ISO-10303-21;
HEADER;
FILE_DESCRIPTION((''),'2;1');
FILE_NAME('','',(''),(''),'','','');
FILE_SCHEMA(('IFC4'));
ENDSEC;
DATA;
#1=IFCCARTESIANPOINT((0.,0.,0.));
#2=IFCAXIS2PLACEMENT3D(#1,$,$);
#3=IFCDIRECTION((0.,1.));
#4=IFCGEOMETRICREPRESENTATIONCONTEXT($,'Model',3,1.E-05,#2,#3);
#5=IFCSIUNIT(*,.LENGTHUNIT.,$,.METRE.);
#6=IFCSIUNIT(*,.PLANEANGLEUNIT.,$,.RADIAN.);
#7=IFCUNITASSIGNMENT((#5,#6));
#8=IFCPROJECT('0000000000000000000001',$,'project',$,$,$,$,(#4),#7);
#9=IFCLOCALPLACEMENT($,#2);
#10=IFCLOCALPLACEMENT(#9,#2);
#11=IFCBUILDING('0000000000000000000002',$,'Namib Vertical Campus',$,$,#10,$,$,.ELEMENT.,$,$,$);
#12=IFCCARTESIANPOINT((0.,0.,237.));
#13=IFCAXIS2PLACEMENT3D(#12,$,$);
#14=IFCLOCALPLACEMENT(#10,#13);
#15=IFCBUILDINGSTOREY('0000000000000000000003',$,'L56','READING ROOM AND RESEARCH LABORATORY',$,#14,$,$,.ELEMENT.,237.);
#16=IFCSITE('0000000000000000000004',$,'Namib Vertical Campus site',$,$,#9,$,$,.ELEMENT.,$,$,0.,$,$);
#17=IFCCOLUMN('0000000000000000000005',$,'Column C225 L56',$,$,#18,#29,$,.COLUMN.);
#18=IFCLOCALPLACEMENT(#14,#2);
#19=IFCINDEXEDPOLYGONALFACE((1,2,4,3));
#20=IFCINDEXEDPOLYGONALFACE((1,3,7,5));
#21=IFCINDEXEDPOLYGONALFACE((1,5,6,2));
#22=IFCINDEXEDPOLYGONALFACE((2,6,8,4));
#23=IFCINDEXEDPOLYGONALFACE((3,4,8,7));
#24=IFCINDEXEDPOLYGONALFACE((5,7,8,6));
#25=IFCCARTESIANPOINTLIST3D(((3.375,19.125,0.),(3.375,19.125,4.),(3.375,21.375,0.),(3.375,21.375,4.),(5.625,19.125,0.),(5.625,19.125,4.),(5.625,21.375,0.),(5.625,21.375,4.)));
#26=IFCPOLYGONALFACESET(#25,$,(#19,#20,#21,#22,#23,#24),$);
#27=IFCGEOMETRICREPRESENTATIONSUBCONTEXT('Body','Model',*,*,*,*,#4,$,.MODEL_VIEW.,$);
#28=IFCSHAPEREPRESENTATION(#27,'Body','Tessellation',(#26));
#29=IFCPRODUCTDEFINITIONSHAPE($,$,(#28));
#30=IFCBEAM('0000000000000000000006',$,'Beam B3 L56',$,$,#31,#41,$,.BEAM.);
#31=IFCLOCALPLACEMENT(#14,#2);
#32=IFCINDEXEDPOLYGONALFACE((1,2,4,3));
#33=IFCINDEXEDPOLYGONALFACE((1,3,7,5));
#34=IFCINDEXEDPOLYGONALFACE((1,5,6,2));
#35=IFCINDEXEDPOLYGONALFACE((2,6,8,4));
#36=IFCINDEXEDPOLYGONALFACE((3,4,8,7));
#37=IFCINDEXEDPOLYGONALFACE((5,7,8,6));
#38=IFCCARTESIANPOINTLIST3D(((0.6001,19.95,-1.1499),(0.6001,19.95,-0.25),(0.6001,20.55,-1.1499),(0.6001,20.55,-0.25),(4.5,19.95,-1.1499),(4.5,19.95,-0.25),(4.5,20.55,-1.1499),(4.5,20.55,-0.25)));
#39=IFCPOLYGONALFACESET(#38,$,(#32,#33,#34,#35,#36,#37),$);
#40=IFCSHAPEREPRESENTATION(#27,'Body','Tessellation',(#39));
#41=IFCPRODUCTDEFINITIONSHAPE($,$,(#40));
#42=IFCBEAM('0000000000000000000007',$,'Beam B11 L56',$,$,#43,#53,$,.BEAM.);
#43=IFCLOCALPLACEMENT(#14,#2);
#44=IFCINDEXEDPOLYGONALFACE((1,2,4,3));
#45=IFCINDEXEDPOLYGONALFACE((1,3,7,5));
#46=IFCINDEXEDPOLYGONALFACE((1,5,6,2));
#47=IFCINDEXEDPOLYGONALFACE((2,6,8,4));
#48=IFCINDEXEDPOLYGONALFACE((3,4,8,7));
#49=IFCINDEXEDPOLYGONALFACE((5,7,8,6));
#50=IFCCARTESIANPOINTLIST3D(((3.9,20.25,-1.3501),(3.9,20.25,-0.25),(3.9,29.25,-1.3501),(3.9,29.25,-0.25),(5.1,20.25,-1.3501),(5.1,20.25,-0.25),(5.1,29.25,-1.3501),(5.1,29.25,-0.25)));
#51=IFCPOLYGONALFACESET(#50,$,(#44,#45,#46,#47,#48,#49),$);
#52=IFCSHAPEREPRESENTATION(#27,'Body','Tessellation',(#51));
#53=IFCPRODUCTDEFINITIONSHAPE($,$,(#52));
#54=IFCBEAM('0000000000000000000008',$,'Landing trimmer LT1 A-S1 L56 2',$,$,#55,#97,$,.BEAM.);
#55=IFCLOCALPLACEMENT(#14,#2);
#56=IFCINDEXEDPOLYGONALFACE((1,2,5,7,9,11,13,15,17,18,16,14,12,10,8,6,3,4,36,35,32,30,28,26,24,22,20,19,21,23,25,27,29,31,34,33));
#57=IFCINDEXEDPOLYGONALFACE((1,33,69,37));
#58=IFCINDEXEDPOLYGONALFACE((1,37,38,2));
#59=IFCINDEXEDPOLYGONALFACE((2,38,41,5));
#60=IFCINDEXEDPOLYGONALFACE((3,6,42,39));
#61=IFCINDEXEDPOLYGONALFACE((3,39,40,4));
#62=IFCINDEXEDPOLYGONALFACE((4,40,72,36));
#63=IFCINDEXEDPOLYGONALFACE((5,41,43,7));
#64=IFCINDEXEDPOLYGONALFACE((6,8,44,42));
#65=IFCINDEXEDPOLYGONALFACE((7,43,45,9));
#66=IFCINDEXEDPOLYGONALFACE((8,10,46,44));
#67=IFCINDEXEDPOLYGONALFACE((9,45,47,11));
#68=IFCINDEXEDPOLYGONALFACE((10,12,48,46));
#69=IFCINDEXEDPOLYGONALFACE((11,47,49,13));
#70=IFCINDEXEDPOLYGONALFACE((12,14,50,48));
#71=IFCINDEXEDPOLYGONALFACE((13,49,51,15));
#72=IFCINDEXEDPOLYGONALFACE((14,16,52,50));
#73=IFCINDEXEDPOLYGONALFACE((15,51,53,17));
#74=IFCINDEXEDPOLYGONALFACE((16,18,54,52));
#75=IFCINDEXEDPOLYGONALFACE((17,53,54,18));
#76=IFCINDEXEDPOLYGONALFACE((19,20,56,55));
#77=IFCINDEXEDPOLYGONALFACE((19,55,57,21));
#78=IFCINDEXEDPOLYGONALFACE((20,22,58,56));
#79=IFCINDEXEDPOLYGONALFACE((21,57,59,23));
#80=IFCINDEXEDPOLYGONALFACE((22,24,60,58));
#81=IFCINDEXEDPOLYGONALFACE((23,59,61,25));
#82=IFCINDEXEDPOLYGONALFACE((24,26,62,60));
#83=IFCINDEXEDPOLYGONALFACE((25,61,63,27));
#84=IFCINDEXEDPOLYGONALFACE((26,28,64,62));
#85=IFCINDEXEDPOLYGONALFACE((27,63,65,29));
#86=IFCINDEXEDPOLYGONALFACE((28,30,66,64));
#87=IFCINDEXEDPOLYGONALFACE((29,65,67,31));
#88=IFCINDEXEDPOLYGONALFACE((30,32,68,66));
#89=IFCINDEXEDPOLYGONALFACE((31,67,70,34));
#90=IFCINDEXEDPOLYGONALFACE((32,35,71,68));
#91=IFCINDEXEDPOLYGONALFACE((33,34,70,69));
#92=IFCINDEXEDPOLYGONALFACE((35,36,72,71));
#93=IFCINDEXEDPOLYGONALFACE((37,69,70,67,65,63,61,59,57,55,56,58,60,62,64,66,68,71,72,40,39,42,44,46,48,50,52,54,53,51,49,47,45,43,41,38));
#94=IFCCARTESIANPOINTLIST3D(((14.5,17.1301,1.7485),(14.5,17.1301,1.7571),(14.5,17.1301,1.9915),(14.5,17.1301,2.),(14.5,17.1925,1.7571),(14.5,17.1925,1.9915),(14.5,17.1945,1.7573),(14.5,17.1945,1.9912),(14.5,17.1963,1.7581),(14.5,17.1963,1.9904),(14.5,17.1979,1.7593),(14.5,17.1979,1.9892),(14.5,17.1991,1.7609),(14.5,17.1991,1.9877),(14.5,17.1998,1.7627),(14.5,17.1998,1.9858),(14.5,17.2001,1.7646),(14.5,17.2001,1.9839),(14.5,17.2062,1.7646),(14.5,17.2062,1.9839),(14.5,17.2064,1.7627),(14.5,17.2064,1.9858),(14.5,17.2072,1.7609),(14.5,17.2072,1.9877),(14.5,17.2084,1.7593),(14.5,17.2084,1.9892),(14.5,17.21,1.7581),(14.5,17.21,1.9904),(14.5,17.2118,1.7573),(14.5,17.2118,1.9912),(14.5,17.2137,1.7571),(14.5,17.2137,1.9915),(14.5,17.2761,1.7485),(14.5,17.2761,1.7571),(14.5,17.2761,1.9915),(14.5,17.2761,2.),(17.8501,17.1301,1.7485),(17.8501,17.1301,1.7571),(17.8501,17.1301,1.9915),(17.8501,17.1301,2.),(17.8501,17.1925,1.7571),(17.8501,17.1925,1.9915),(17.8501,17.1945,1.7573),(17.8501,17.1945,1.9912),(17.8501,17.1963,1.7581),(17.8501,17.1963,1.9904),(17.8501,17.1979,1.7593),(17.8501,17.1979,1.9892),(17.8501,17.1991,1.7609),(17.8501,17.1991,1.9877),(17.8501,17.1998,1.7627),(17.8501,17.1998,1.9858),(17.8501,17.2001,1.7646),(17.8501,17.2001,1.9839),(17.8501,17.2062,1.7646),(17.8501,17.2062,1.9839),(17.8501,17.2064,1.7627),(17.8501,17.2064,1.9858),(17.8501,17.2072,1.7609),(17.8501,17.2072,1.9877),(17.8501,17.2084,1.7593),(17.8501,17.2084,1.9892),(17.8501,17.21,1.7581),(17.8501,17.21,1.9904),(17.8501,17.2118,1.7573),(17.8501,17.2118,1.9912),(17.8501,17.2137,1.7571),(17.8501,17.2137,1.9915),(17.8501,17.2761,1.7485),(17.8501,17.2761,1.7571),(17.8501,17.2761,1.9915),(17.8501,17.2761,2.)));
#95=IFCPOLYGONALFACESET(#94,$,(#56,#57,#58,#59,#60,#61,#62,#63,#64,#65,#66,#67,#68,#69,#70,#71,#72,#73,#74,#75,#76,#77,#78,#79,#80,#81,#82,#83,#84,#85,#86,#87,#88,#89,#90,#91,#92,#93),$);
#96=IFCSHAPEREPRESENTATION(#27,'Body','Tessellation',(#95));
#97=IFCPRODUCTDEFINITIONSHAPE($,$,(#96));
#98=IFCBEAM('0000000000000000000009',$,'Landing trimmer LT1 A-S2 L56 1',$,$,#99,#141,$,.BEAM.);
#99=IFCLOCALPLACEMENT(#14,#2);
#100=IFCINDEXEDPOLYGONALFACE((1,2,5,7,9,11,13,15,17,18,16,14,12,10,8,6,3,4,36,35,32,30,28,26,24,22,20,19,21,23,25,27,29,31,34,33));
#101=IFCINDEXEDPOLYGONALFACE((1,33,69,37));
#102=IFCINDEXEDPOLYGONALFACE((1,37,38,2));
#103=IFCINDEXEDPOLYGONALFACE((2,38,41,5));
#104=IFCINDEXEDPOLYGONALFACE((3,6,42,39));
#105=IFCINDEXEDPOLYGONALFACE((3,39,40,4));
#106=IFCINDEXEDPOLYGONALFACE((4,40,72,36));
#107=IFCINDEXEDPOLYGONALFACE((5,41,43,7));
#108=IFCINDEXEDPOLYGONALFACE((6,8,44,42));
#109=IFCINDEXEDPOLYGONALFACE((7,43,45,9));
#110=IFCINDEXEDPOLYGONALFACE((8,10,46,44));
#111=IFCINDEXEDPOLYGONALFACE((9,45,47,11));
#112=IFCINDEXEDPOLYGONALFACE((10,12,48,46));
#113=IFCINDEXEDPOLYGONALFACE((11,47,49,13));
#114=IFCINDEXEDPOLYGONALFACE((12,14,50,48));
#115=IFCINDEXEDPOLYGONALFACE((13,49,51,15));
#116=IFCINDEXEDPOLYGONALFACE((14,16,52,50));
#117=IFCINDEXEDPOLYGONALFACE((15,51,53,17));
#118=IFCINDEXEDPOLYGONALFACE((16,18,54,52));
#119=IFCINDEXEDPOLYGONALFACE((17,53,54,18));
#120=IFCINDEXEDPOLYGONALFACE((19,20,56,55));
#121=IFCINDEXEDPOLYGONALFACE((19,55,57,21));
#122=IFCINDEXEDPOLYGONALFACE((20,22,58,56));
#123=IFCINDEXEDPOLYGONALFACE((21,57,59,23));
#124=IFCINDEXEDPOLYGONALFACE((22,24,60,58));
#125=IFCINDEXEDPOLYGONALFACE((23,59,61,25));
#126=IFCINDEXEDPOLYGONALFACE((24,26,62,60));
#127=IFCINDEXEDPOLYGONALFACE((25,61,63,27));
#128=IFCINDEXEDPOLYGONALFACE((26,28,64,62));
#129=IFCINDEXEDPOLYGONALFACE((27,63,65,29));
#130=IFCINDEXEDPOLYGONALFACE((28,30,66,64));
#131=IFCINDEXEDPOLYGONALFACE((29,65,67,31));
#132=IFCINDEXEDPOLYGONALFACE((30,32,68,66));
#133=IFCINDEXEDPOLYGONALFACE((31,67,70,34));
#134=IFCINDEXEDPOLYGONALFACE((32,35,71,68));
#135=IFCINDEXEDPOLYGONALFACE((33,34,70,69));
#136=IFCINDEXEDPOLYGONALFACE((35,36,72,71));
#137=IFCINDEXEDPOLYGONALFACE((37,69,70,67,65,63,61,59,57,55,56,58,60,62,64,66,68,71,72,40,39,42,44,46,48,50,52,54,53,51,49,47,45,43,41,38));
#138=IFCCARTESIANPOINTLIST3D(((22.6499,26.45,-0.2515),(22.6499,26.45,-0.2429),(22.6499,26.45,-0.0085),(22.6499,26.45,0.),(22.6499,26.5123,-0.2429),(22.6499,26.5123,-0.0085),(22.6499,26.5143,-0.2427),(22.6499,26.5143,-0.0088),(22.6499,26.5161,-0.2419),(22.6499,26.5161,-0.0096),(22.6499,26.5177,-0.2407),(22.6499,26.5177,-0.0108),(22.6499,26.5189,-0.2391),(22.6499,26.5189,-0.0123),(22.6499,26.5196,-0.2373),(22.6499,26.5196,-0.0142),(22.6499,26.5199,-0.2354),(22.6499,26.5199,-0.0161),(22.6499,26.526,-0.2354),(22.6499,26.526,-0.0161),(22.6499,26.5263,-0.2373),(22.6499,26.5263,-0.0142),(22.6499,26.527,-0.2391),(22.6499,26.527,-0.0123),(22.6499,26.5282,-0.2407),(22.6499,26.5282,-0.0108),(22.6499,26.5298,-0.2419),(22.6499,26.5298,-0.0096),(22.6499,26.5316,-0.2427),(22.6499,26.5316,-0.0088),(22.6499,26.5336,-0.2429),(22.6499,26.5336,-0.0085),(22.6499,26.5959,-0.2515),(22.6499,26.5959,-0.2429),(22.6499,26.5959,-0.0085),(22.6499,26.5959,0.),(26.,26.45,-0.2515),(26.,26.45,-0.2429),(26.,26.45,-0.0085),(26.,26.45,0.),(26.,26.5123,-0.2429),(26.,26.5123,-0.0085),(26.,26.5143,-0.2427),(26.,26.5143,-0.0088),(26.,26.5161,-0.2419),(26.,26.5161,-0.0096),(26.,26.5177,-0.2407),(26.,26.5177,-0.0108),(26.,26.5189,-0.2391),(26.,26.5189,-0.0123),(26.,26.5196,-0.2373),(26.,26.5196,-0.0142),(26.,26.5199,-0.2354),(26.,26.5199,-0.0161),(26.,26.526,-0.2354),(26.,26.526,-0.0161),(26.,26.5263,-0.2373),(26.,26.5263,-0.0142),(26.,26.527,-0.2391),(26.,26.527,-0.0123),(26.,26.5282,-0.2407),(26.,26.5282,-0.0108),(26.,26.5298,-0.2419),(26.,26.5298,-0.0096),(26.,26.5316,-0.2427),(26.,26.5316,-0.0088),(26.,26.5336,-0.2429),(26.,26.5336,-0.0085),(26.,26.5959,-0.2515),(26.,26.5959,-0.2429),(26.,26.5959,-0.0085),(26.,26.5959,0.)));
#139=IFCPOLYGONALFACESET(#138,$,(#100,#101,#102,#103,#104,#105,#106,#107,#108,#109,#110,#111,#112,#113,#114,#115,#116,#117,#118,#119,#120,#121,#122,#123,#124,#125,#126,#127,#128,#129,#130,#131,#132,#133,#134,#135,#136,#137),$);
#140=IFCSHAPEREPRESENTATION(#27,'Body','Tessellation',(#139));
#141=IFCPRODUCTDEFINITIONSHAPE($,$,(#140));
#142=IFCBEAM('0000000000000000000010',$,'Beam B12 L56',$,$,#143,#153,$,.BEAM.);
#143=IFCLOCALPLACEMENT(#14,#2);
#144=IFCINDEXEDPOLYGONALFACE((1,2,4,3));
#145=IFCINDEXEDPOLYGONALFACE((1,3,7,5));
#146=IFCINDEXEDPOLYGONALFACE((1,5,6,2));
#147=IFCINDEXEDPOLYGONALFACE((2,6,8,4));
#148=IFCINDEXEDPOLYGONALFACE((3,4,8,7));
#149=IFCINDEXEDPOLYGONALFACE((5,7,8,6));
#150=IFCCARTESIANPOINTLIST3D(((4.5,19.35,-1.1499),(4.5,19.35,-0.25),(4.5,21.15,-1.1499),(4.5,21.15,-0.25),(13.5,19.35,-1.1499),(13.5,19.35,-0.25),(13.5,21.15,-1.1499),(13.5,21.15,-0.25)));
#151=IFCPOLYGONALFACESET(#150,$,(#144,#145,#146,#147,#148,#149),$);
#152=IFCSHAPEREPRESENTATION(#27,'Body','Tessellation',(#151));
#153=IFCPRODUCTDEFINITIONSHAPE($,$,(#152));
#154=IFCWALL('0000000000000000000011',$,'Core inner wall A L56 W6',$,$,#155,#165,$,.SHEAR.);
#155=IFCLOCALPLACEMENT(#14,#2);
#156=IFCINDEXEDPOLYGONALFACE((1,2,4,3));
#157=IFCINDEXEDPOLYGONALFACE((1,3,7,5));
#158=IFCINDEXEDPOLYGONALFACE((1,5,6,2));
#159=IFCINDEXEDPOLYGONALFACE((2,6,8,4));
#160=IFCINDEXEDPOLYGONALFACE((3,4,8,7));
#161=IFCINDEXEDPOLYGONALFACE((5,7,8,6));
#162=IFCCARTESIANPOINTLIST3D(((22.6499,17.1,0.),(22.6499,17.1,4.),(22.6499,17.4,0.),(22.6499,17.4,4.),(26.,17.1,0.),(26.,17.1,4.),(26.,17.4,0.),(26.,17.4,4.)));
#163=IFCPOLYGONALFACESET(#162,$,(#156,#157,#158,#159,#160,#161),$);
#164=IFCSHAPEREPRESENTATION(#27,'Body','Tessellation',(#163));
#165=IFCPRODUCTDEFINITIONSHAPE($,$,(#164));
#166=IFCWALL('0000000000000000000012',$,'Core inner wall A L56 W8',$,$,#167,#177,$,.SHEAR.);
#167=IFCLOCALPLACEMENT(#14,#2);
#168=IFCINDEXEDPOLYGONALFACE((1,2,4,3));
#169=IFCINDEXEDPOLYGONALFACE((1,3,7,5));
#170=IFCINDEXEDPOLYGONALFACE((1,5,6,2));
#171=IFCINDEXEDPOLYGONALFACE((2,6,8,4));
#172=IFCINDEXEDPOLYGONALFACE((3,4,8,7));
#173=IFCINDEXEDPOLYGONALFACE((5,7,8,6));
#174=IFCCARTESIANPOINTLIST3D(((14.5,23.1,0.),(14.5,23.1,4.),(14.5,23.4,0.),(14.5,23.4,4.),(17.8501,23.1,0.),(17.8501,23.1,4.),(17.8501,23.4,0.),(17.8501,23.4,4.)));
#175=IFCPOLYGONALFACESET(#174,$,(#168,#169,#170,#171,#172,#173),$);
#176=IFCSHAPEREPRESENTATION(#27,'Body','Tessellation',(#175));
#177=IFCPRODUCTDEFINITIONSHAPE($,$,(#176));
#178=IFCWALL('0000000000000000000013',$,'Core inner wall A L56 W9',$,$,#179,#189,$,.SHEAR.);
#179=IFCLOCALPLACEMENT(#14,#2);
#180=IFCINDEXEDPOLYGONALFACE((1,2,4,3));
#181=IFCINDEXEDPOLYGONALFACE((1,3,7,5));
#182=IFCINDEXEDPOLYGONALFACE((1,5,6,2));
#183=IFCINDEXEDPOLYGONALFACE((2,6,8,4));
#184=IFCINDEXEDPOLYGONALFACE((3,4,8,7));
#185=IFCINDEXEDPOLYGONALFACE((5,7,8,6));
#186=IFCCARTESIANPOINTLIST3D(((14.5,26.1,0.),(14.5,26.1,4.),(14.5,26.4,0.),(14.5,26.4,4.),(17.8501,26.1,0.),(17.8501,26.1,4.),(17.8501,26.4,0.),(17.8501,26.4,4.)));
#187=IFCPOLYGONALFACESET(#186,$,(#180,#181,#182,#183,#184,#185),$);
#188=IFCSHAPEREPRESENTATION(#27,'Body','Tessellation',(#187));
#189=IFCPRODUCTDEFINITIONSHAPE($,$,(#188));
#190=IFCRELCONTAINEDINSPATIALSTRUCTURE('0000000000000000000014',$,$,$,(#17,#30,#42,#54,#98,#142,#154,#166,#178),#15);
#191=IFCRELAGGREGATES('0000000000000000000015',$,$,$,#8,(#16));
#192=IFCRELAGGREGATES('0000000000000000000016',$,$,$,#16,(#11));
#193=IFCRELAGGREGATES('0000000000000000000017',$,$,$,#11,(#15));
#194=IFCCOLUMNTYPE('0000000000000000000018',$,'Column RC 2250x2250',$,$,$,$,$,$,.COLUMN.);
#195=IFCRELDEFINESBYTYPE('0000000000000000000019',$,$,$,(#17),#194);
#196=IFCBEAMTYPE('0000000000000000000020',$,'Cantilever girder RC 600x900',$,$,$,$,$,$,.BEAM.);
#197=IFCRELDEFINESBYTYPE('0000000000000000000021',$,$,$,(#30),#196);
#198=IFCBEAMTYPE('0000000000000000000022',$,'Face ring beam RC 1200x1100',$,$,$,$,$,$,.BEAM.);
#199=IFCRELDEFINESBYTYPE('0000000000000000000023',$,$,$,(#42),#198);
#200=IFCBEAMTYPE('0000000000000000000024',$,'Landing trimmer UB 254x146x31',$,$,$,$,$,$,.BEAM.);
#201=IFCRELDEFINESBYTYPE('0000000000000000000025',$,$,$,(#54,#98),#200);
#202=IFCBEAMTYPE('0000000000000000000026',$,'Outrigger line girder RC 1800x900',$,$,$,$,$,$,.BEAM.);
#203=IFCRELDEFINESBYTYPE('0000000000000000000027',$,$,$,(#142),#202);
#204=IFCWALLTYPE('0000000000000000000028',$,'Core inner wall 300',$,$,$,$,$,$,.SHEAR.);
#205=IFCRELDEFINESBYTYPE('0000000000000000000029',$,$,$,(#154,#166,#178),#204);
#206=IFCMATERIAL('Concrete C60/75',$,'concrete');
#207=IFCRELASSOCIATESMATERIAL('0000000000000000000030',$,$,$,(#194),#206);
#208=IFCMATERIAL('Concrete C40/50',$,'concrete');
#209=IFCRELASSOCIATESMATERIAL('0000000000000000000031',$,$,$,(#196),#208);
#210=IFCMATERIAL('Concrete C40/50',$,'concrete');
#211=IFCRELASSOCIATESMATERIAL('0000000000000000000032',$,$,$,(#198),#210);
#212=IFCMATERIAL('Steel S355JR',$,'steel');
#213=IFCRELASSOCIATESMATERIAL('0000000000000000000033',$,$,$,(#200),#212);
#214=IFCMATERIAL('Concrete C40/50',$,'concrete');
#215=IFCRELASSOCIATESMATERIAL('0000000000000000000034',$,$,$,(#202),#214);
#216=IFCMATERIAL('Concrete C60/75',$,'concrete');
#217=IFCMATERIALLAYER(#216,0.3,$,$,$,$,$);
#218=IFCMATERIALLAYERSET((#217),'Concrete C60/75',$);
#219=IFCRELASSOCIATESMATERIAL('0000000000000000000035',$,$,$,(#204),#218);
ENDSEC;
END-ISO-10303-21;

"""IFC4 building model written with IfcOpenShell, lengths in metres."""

from ifc_helpers import new_model, si_unit, direction, frame, frame_2d, origin, origin_2d, place, context, subcontext, project, spatial, rectangle, i_section, extrude, material, layer, layer_set, material_profile, profile_set, type_object, element, save


model = new_model("IFC4")

# Units and contexts
model_context = context("Model", 3, precision=1e-05, world=origin(), true_north=direction((0.0, 1.0)))
body_context = subcontext(model_context, "Body", "Model", "MODEL_VIEW")
ifc_project = project(units=[si_unit("LENGTHUNIT", "METRE"), si_unit("PLANEANGLEUNIT", "RADIAN")], contexts=[model_context])

# Site, building, storey
site_placement = place(None, origin())
site = spatial("IfcSite", under=ifc_project, at=site_placement, Name="Namib Vertical Campus site", CompositionType="ELEMENT", RefElevation=0.0)
building_placement = place(site_placement, origin())
building = spatial("IfcBuilding", under=site, at=building_placement, Name="Namib Vertical Campus", CompositionType="ELEMENT")
storey_placement = place(building_placement, frame((0.0, 0.0, 237.0)))
storey = spatial("IfcBuildingStorey", under=building, at=storey_placement, Name="L56", Description="READING ROOM AND RESEARCH LABORATORY", CompositionType="ELEMENT", Elevation=237.0)

# Column
ifc_material_1 = material(Name="Concrete C60/75", Category="concrete")
ifc_material_profile_1 = material_profile(ifc_material_1, rectangle(XDim=2.25, YDim=2.25, at=origin_2d()))
ifc_profile_set_1 = profile_set([ifc_material_profile_1], Name="Concrete C60/75")
column_type = type_object("IfcColumnType", Name="Column RC 2250x2250", PredefinedType="COLUMN", material=ifc_profile_set_1)
column_placement = place(storey_placement, frame((4.5, 20.25, 0.0), z_axis=(0.0, 0.0, 1.0), x_axis=(1.0, 0.0, 0.0)))
element("IfcColumn", 1, at=column_placement, inside=storey, type_object=column_type, Name="Column C225 L56", PredefinedType="COLUMN", context=body_context, shape_type="SweptSolid", body=[
    extrude(rectangle(XDim=2.25, YDim=2.25, at=origin_2d()), origin(), (0.0, 0.0, 1.0), 4.0),
])

# Beams
ifc_material_2 = material(Name="Concrete C40/50", Category="concrete")
ifc_material_profile_2 = material_profile(ifc_material_2, rectangle(XDim=0.6001, YDim=0.8999, at=origin_2d()))
ifc_profile_set_2 = profile_set([ifc_material_profile_2], Name="Concrete C40/50")
beam_type_1 = type_object("IfcBeamType", Name="Cantilever girder RC 600x900", PredefinedType="BEAM", material=ifc_profile_set_2)
beam_1_placement = place(storey_placement, frame((4.5, 20.25, -0.7), z_axis=(-1.0, 0.0, 0.0), x_axis=(0.0, -1.0, 0.0)))
element("IfcBeam", 2, at=beam_1_placement, inside=storey, type_object=beam_type_1, Name="Beam B3 L56", PredefinedType="BEAM", context=body_context, shape_type="SweptSolid", body=[
    extrude(rectangle(XDim=0.6001, YDim=0.8999, at=origin_2d()), origin(), (0.0, 0.0, 1.0), 3.8999),
])
ifc_material_3 = material(Name="Concrete C40/50", Category="concrete")
ifc_material_profile_3 = material_profile(ifc_material_3, rectangle(XDim=1.2, YDim=1.1001, at=origin_2d()))
ifc_profile_set_3 = profile_set([ifc_material_profile_3], Name="Concrete C40/50")
beam_type_2 = type_object("IfcBeamType", Name="Face ring beam RC 1200x1100", PredefinedType="BEAM", material=ifc_profile_set_3)
beam_2_placement = place(storey_placement, frame((4.5, 20.25, -0.8), z_axis=(0.0, 1.0, 0.0), x_axis=(-1.0, 0.0, 0.0)))
element("IfcBeam", 3, at=beam_2_placement, inside=storey, type_object=beam_type_2, Name="Beam B11 L56", PredefinedType="BEAM", context=body_context, shape_type="SweptSolid", body=[
    extrude(rectangle(XDim=1.2, YDim=1.1001, at=origin_2d()), origin(), (0.0, 0.0, 1.0), 9.0),
])
ifc_material_4 = material(Name="Steel S355JR", Category="steel")
ifc_material_profile_4 = material_profile(ifc_material_4, i_section(OverallWidth=0.146, OverallDepth=0.2515, WebThickness=0.0061, FlangeThickness=0.0085, FilletRadius=0.0076, at=origin_2d()))
ifc_profile_set_4 = profile_set([ifc_material_profile_4], Name="Steel S355JR")
beam_type_3 = type_object("IfcBeamType", Name="Landing trimmer UB 254x146x31", PredefinedType="BEAM", material=ifc_profile_set_4)
for number, where, z_axis, x_axis, name in (
    (4, (14.5, 17.2031, 1.8743), (1.0, 0.0, 0.0), (0.0, 1.0, 0.0), "Landing trimmer LT1 A-S1 L56 2"),
    (5, (22.6499, 26.5229, -0.1257), (1.0, 0.0, 0.0), (0.0, 1.0, 0.0), "Landing trimmer LT1 A-S2 L56 1"),
):
    element("IfcBeam", number, at=place(storey_placement, frame(where, z_axis=z_axis, x_axis=x_axis)), inside=storey, type_object=beam_type_3, Name=name, PredefinedType="BEAM", context=body_context, shape_type="SweptSolid", body=[
        extrude(i_section(OverallWidth=0.146, OverallDepth=0.2515, WebThickness=0.0061, FlangeThickness=0.0085, FilletRadius=0.0076, at=origin_2d()), origin(), (0.0, 0.0, 1.0), 3.3501),
    ])
ifc_material_5 = material(Name="Concrete C40/50", Category="concrete")
ifc_material_profile_5 = material_profile(ifc_material_5, rectangle(XDim=1.8, YDim=0.8999, at=origin_2d()))
ifc_profile_set_5 = profile_set([ifc_material_profile_5], Name="Concrete C40/50")
beam_type_4 = type_object("IfcBeamType", Name="Outrigger line girder RC 1800x900", PredefinedType="BEAM", material=ifc_profile_set_5)
beam_3_placement = place(storey_placement, frame((4.5, 20.25, -0.7), z_axis=(1.0, 0.0, 0.0), x_axis=(0.0, 1.0, 0.0)))
element("IfcBeam", 6, at=beam_3_placement, inside=storey, type_object=beam_type_4, Name="Beam B12 L56", PredefinedType="BEAM", context=body_context, shape_type="SweptSolid", body=[
    extrude(rectangle(XDim=1.8, YDim=0.8999, at=origin_2d()), origin(), (0.0, 0.0, 1.0), 9.0),
])

# Walls
ifc_material_6 = material(Name="Concrete C60/75", Category="concrete")
ifc_layer_1 = layer(ifc_material_6, 0.3)
ifc_layer_set_1 = layer_set([ifc_layer_1], Name="Concrete C60/75")
wall_type_1 = type_object("IfcWallType", Name="Core inner wall 300", PredefinedType="SHEAR", material=ifc_layer_set_1)
for number, where, z_axis, x_axis, name in (
    (7, (22.6499, 17.25, 0.0), (0.0, 0.0, 1.0), (1.0, 0.0, 0.0), "Core inner wall A L56 W6"),
    (8, (14.5, 23.25, 0.0), (0.0, 0.0, 1.0), (1.0, 0.0, 0.0), "Core inner wall A L56 W8"),
    (9, (14.5, 26.25, 0.0), (0.0, 0.0, 1.0), (1.0, 0.0, 0.0), "Core inner wall A L56 W9"),
):
    element("IfcWall", number, at=place(storey_placement, frame(where, z_axis=z_axis, x_axis=x_axis)), inside=storey, type_object=wall_type_1, Name=name, PredefinedType="SHEAR", context=body_context, shape_type="SweptSolid", body=[
        extrude(rectangle(XDim=3.3501, YDim=0.3, at=frame_2d((1.675, 0.0))), origin(), (0.0, 0.0, 1.0), 4.0),
    ])

save(model, "model.ifc")
